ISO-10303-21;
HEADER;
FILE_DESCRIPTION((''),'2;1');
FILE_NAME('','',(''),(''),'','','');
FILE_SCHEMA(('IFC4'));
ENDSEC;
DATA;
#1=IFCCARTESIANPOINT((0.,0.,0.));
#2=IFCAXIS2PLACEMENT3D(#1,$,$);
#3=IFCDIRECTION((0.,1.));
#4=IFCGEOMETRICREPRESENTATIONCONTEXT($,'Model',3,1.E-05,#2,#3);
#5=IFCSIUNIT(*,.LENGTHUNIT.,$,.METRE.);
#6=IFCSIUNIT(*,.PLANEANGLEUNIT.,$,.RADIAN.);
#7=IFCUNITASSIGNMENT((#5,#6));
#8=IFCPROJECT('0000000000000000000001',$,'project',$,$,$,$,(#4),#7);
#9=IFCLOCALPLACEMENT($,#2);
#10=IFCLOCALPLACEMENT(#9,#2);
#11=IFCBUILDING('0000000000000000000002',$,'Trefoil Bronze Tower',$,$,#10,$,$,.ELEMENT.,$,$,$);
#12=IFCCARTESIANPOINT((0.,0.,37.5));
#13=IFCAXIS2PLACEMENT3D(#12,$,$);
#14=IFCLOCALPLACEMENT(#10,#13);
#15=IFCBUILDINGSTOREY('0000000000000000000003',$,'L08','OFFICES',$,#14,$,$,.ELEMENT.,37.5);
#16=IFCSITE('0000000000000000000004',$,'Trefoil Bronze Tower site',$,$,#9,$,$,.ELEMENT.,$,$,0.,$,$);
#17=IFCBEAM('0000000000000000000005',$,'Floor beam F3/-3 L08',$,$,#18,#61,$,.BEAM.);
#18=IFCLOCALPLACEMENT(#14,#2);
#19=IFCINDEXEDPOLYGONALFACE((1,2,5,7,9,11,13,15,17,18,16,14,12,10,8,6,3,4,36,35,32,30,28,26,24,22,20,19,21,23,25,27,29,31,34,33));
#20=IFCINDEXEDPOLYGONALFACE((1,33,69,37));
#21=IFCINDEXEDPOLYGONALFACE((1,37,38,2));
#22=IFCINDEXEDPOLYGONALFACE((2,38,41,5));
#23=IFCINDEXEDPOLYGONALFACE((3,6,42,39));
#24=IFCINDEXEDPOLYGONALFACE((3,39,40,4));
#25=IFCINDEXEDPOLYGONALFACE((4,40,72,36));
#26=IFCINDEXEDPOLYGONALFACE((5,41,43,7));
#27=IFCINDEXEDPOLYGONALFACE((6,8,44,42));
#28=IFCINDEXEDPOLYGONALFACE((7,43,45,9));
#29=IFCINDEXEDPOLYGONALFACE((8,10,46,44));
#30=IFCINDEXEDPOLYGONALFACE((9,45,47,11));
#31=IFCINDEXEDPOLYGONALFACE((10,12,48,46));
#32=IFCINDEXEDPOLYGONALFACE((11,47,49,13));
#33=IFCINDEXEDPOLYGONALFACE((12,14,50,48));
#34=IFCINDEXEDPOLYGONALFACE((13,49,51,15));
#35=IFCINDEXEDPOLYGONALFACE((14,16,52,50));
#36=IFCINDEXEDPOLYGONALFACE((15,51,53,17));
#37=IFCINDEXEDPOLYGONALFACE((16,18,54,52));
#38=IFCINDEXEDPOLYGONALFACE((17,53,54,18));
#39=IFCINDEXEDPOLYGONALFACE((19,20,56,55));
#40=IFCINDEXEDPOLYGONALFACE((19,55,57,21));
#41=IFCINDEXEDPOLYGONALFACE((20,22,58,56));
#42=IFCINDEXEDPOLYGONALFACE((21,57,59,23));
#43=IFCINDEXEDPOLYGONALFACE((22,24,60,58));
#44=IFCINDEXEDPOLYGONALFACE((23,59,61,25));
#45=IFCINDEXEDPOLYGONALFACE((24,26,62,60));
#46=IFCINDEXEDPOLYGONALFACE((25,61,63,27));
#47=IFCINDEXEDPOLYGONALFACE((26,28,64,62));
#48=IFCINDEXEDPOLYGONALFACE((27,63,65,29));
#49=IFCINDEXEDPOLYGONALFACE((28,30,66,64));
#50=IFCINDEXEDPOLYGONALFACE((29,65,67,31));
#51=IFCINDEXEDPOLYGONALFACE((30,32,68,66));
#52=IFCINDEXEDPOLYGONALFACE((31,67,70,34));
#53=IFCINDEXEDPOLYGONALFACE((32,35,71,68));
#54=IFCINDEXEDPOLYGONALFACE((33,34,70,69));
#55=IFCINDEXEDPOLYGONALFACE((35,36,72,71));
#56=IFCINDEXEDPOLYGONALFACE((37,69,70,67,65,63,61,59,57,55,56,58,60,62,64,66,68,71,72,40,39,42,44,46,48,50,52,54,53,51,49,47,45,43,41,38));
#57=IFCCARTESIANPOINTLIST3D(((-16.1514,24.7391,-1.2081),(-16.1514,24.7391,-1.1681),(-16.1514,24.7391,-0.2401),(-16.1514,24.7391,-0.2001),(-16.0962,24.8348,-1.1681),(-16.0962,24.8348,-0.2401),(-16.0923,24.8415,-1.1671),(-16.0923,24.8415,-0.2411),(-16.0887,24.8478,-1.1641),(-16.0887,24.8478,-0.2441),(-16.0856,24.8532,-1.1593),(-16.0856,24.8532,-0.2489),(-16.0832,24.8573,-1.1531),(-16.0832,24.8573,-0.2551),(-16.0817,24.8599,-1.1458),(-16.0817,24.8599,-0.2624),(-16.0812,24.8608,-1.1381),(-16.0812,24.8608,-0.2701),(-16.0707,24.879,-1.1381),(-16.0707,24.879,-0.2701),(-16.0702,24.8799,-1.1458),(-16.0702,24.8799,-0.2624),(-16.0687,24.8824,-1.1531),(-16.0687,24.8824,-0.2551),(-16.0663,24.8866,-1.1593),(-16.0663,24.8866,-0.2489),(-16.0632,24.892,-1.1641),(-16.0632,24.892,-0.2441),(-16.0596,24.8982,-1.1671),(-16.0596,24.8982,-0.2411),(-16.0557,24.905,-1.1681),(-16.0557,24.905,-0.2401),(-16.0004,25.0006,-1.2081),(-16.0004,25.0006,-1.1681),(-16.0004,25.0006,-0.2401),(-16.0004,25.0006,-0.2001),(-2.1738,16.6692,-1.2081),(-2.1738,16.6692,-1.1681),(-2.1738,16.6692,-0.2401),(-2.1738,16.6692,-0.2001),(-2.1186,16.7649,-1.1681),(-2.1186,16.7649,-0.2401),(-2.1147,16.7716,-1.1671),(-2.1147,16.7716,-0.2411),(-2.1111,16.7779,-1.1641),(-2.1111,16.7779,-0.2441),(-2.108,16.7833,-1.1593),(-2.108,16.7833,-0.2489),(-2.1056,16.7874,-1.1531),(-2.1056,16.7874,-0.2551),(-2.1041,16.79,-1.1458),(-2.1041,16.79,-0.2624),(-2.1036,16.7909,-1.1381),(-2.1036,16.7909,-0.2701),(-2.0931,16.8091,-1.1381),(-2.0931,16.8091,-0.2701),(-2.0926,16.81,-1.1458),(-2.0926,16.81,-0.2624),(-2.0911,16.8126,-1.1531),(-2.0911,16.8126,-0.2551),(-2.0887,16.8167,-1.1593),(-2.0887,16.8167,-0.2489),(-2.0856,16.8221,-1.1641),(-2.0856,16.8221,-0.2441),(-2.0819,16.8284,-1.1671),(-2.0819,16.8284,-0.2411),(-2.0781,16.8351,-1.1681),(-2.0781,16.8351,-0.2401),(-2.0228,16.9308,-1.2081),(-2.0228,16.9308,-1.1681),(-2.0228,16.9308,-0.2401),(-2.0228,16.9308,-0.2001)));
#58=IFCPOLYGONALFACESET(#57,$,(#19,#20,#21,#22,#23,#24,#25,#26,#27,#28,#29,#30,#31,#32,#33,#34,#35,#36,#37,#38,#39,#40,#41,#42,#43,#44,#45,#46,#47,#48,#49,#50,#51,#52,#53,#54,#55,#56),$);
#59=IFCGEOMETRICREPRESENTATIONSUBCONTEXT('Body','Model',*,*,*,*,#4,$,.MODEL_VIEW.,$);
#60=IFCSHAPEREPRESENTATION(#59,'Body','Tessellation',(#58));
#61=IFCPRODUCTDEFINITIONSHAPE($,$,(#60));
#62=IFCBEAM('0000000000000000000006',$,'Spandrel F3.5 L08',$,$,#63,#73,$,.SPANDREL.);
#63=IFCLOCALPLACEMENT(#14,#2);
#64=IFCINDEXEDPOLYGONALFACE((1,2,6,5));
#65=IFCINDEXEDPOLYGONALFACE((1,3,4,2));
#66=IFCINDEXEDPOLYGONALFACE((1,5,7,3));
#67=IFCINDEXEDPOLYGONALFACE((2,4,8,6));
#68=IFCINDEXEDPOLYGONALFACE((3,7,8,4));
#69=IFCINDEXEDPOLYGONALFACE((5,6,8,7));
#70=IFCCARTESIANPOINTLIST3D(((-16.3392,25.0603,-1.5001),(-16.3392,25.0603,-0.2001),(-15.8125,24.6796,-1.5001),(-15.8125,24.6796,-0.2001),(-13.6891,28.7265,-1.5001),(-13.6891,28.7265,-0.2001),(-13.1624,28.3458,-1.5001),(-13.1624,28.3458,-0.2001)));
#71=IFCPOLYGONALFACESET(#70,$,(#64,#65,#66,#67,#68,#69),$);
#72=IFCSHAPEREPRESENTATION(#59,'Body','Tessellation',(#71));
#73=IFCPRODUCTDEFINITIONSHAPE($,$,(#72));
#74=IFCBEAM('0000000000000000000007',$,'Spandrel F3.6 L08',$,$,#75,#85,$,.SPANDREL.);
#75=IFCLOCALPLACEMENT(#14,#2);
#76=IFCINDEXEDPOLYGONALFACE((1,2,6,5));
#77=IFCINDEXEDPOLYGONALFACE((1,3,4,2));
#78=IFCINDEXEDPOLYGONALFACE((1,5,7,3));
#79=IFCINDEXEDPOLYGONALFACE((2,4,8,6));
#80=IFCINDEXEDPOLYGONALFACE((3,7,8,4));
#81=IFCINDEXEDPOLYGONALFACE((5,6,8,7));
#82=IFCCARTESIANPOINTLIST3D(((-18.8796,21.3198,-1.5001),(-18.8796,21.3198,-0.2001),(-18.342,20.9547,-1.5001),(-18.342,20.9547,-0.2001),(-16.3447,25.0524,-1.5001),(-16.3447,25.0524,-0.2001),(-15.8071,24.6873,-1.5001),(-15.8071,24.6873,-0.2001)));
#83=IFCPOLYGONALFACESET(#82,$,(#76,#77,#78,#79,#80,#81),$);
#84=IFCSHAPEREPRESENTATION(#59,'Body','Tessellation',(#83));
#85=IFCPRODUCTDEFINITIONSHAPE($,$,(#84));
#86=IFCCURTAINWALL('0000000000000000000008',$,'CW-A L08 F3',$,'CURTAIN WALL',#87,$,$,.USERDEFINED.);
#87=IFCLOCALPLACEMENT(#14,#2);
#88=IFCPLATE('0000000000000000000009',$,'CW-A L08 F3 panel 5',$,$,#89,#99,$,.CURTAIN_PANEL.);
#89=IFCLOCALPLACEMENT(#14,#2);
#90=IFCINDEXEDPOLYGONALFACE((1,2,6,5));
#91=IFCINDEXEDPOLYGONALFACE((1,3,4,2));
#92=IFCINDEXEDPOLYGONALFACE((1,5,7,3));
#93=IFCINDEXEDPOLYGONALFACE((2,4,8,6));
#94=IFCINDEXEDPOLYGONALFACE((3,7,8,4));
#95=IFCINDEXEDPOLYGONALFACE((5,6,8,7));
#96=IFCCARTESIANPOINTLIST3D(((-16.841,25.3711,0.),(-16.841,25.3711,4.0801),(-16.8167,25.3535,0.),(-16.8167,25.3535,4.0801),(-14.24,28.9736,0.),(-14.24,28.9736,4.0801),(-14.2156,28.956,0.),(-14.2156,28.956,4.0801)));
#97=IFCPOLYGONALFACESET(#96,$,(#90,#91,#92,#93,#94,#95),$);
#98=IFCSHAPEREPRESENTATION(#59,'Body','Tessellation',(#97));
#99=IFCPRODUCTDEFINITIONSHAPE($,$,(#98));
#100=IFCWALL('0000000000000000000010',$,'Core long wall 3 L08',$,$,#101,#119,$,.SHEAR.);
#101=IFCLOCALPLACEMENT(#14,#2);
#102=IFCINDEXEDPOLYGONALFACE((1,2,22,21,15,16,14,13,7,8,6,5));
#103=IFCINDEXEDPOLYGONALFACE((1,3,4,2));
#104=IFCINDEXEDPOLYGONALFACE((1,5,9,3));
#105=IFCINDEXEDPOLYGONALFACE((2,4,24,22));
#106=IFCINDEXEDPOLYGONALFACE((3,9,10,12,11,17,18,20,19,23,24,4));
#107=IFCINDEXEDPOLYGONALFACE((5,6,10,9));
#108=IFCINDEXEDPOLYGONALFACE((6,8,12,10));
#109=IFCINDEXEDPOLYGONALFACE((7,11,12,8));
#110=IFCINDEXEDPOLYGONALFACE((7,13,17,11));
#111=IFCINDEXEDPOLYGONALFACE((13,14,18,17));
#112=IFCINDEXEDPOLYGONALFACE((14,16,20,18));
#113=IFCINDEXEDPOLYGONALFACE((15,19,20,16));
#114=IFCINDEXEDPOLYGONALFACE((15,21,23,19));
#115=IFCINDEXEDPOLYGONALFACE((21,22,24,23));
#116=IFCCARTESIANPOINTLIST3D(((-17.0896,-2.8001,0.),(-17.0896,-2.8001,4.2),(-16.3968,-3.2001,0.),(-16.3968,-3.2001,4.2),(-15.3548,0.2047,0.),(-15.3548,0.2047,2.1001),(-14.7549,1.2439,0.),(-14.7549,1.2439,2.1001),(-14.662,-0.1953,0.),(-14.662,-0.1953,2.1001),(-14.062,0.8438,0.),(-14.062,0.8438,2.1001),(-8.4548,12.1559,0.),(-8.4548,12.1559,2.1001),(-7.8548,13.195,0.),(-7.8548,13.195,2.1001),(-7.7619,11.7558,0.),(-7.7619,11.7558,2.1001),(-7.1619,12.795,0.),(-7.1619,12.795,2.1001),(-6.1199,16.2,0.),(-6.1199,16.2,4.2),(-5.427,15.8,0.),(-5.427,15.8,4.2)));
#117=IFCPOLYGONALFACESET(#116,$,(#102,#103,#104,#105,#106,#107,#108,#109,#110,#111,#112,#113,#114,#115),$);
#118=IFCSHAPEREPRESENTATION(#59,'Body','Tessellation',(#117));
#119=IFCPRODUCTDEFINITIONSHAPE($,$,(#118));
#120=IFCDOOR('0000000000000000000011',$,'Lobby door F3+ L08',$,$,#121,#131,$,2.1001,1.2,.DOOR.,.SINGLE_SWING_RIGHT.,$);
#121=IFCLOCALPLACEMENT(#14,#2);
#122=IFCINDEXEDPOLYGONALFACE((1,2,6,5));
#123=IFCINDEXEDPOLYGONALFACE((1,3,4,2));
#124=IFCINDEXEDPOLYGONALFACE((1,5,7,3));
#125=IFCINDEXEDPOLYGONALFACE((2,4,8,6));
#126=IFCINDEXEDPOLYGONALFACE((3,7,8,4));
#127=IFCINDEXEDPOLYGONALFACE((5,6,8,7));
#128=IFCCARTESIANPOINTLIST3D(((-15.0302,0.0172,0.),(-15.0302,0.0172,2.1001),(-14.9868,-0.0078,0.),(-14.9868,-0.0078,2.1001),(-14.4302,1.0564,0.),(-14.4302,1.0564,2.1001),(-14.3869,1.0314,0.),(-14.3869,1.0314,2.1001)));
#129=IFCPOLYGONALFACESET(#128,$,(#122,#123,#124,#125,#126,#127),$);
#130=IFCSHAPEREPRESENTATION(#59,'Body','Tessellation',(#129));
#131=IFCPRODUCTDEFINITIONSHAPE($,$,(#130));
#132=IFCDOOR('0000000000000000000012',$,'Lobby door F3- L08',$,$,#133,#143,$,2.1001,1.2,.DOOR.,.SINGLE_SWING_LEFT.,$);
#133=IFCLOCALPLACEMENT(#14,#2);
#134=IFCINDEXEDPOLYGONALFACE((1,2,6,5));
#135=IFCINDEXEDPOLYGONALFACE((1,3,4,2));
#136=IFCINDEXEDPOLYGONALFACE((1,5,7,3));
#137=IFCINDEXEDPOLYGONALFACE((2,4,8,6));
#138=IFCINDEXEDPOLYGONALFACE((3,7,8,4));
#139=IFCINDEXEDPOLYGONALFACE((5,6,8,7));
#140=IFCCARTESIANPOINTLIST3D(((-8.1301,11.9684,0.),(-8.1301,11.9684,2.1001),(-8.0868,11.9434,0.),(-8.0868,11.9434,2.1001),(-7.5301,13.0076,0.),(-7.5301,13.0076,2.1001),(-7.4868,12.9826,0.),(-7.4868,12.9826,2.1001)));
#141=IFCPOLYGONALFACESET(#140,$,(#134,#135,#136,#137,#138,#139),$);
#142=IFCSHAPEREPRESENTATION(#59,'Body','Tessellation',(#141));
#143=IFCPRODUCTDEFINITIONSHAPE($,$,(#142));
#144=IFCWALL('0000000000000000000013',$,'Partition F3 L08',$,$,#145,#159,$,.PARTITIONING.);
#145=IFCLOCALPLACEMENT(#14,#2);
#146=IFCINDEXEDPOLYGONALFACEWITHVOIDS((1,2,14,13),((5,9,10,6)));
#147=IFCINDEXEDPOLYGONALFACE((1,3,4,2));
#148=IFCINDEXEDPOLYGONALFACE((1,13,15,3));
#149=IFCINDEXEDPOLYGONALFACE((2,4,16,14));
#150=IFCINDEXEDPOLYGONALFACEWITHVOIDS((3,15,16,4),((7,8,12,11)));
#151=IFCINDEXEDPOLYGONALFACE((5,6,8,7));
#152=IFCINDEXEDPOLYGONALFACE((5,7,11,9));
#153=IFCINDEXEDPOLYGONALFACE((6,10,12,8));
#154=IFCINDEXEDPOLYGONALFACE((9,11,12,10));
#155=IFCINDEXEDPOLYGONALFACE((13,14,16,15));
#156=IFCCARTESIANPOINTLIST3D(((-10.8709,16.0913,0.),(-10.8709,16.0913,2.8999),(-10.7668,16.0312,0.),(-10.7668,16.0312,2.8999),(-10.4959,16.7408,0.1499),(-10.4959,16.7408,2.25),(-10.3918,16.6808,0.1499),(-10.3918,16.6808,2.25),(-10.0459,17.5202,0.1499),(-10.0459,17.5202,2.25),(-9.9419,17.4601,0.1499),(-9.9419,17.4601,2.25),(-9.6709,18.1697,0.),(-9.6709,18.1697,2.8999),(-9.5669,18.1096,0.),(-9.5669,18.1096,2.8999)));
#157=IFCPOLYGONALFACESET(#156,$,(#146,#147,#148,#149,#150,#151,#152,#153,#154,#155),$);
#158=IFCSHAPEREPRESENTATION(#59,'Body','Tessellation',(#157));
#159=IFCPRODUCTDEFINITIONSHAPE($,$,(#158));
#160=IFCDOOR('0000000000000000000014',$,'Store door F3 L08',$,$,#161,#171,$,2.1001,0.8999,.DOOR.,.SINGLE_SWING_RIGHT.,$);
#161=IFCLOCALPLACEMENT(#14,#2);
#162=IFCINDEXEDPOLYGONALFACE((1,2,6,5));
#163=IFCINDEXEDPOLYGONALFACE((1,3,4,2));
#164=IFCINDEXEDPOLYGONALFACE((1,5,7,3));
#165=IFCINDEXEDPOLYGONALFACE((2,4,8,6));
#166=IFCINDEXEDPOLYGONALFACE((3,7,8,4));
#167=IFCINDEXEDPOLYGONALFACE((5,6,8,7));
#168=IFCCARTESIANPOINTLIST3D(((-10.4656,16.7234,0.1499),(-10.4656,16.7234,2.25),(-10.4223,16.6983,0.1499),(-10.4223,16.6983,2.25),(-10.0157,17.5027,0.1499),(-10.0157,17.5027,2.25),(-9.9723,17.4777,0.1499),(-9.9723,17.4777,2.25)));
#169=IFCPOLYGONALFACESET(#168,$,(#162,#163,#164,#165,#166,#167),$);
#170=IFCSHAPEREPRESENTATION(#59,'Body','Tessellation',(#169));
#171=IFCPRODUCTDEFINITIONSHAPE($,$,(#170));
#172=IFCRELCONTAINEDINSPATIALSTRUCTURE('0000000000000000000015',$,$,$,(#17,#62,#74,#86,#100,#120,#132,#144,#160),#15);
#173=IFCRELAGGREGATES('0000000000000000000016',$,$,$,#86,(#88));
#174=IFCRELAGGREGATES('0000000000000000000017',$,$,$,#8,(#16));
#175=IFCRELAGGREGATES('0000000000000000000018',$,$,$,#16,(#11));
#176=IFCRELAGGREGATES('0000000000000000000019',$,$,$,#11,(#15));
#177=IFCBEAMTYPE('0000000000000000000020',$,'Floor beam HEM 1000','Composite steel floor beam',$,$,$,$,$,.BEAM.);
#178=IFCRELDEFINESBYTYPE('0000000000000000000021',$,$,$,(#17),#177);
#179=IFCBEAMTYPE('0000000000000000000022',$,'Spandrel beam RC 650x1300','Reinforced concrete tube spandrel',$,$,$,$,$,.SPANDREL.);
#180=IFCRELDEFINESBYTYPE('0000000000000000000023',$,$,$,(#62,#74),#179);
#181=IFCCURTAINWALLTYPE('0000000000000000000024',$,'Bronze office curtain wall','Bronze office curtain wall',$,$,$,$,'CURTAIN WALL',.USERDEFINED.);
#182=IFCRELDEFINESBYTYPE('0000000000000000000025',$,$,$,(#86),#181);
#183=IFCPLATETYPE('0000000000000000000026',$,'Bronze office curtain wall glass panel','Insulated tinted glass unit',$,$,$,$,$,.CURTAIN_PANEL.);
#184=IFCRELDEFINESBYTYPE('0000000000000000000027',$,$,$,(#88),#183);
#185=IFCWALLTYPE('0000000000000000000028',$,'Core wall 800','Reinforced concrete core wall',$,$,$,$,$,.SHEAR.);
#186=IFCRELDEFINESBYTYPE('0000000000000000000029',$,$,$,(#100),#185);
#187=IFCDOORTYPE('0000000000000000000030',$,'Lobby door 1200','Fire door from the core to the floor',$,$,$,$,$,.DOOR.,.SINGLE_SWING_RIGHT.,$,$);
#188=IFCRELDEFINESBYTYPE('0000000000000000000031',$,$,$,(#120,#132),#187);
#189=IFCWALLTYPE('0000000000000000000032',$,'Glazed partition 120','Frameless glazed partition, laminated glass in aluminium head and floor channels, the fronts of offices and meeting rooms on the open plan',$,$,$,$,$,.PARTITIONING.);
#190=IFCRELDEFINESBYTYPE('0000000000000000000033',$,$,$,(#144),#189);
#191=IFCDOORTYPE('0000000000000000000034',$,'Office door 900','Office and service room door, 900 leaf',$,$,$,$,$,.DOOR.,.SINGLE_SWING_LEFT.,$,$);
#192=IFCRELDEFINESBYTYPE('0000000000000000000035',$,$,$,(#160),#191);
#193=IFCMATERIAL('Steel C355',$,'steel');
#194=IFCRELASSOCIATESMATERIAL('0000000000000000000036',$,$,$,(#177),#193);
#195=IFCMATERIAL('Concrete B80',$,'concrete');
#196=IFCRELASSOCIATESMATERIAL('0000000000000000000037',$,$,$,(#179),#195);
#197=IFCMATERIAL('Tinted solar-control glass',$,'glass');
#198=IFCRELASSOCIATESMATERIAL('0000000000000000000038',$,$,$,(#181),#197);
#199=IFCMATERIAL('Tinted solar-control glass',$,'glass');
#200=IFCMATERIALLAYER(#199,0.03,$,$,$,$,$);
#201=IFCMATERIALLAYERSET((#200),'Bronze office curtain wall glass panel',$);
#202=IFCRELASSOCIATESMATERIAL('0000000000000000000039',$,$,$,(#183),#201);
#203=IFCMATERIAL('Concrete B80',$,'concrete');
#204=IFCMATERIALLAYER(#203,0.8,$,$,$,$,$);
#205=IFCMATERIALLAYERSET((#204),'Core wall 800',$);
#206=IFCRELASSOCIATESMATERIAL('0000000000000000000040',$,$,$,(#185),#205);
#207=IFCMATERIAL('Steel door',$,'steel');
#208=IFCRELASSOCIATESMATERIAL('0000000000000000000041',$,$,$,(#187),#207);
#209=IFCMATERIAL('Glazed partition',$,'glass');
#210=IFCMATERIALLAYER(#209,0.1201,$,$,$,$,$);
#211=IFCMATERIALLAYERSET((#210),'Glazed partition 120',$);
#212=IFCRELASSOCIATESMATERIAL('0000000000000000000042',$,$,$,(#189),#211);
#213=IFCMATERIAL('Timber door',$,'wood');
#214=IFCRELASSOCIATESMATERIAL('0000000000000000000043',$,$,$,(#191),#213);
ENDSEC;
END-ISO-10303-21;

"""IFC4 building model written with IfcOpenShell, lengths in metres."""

from ifc_helpers import new_model, si_unit, direction, frame, frame_2d, origin, origin_2d, place, context, subcontext, project, spatial, rectangle, i_section, extrude, material, layer, layer_set, material_profile, profile_set, type_object, element, fill, aggregate, save


model = new_model("IFC4")

# Units and contexts
model_context = context("Model", 3, precision=1e-05, world=origin(), true_north=direction((0.0, 1.0)))
body_context = subcontext(model_context, "Body", "Model", "MODEL_VIEW")
ifc_project = project(units=[si_unit("LENGTHUNIT", "METRE"), si_unit("PLANEANGLEUNIT", "RADIAN")], contexts=[model_context])

# Site, building, storey
site_placement = place(None, origin())
site = spatial("IfcSite", under=ifc_project, at=site_placement, Name="Trefoil Bronze Tower site", CompositionType="ELEMENT", RefElevation=0.0)
building_placement = place(site_placement, origin())
building = spatial("IfcBuilding", under=site, at=building_placement, Name="Trefoil Bronze Tower", CompositionType="ELEMENT")
storey_placement = place(building_placement, frame((0.0, 0.0, 37.5)))
storey = spatial("IfcBuildingStorey", under=building, at=storey_placement, Name="L08", Description="OFFICES", CompositionType="ELEMENT", Elevation=37.5)

# Beams
ifc_material_1 = material(Name="Steel C355", Category="steel")
ifc_material_profile_1 = material_profile(ifc_material_1, i_section(OverallWidth=0.302, OverallDepth=1.0081, WebThickness=0.021, FlangeThickness=0.04, FilletRadius=0.03, at=origin_2d()), Name="HEM 1000")
ifc_profile_set_1 = profile_set([ifc_material_profile_1], Name="Steel C355")
beam_type_1 = type_object("IfcBeamType", Name="Floor beam HEM 1000", Description="Composite steel floor beam", PredefinedType="BEAM", material=ifc_profile_set_1)
beam_1_placement = place(storey_placement, frame((-16.0759, 24.8699, -0.7041), z_axis=(0.866028, -0.499995, 0.0), x_axis=(0.499995, 0.866028, 0.0)))
element("IfcBeam", 1, at=beam_1_placement, inside=storey, type_object=beam_type_1, Name="Floor beam F3/-3 L08", PredefinedType="BEAM", context=body_context, shape_type="SweptSolid", body=[
    extrude(i_section(OverallWidth=0.302, OverallDepth=1.0081, WebThickness=0.021, FlangeThickness=0.04, FilletRadius=0.03, at=origin_2d()), origin(), (0.0, 0.0, 1.0), 16.1399),
])
ifc_material_2 = material(Name="Concrete B80", Category="concrete")
ifc_material_profile_2 = material_profile(ifc_material_2, rectangle(XDim=0.6499, YDim=1.3, at=origin_2d()), Name="RC 650x1300")
ifc_profile_set_2 = profile_set([ifc_material_profile_2], Name="Concrete B80")
beam_type_2 = type_object("IfcBeamType", Name="Spandrel beam RC 650x1300", Description="Reinforced concrete tube spandrel", PredefinedType="SPANDREL", material=ifc_profile_set_2)
beam_2_placement = place(storey_placement, frame((-13.4258, 28.5361, -0.8501), z_axis=(-0.585824, -0.810439, 0.0), x_axis=(0.810439, -0.585824, 0.0)))
element("IfcBeam", 2, at=beam_2_placement, inside=storey, type_object=beam_type_2, Name="Spandrel F3.5 L08", PredefinedType="SPANDREL", context=body_context, shape_type="SweptSolid", body=[
    extrude(rectangle(XDim=0.6499, YDim=1.3, at=origin_2d()), origin(), (0.0, 0.0, 1.0), 4.5237),
])
beam_3_placement = place(storey_placement, frame((-16.0759, 24.8699, -0.8501), z_axis=(-0.56181, -0.827267, 0.0), x_axis=(0.827267, -0.56181, 0.0)))
element("IfcBeam", 3, at=beam_3_placement, inside=storey, type_object=beam_type_2, Name="Spandrel F3.6 L08", PredefinedType="SPANDREL", context=body_context, shape_type="SweptSolid", body=[
    extrude(rectangle(XDim=0.6499, YDim=1.3, at=origin_2d()), origin(), (0.0, 0.0, 1.0), 4.512),
])

# Curtain wall, plate
ifc_material_3 = material(Name="Tinted solar-control glass", Category="glass")
curtain_wall_type = type_object("IfcCurtainWallType", Name="Bronze office curtain wall", Description="Bronze office curtain wall", ElementType="CURTAIN WALL", PredefinedType="USERDEFINED", material=ifc_material_3)
curtain_wall_placement = place(storey_placement, origin())
curtain_wall = element("IfcCurtainWall", 4, at=curtain_wall_placement, inside=storey, type_object=curtain_wall_type, Name="CW-A L08 F3", ObjectType="CURTAIN WALL", PredefinedType="USERDEFINED")
ifc_material_4 = material(Name="Tinted solar-control glass", Category="glass")
ifc_layer_1 = layer(ifc_material_4, 0.03)
ifc_layer_set_1 = layer_set([ifc_layer_1], Name="Bronze office curtain wall glass panel")
plate_type = type_object("IfcPlateType", Name="Bronze office curtain wall glass panel", Description="Insulated tinted glass unit", PredefinedType="CURTAIN_PANEL", material=ifc_layer_set_1)
plate_placement = place(storey_placement, frame((-15.5283, 27.1636, 0.0), z_axis=(0.0, 0.0, 1.0), x_axis=(-0.585373, -0.810764, 0.0)))
plate = element("IfcPlate", 5, at=plate_placement, type_object=plate_type, Name="CW-A L08 F3 panel 5", PredefinedType="CURTAIN_PANEL", context=body_context, shape_type="SweptSolid", body=[
    extrude(rectangle(XDim=4.4434, YDim=0.03, at=origin_2d()), origin(), (0.0, 0.0, 1.0), 4.0801),
])
aggregate(curtain_wall, [plate])

# Wall, openings, doors
ifc_material_5 = material(Name="Concrete B80", Category="concrete")
ifc_layer_2 = layer(ifc_material_5, 0.8)
ifc_layer_set_2 = layer_set([ifc_layer_2], Name="Core wall 800")
wall_type_1 = type_object("IfcWallType", Name="Core wall 800", Description="Reinforced concrete core wall", PredefinedType="SHEAR", material=ifc_layer_set_2)
wall_1_placement = place(storey_placement, frame((-5.7734, 16.0, 0.0), z_axis=(0.0, 0.0, 1.0), x_axis=(-0.500002, -0.866024, 0.0)))
wall_1 = element("IfcWall", 6, at=wall_1_placement, inside=storey, type_object=wall_type_1, Name="Core long wall 3 L08", PredefinedType="SHEAR", context=body_context, shape_type="SweptSolid", body=[
    extrude(rectangle(XDim=21.9395, YDim=0.8, at=frame_2d((10.9697, 0.0))), origin(), (0.0, 0.0, 1.0), 4.2),
])
opening_1_placement = place(wall_1_placement, frame((17.2698, 0.0, 0.0)))
opening_1 = element("IfcOpeningElement", 7, at=opening_1_placement, cuts=wall_1, PredefinedType="OPENING", context=body_context, shape_type="SweptSolid", body=[
    extrude(rectangle(XDim=1.2, YDim=2.1001, at=frame_2d((0.6001, 1.05))), frame((0.0, 0.4099, 0.0), z_axis=(0.0, -1.0, 0.0), x_axis=(1.0, 0.0, 0.0)), (0.0, 0.0, 1.0), 0.8201),
])
opening_2_placement = place(wall_1_placement, frame((3.4697, 0.0, 0.0)))
opening_2 = element("IfcOpeningElement", 8, at=opening_2_placement, cuts=wall_1, PredefinedType="OPENING", context=body_context, shape_type="SweptSolid", body=[
    extrude(rectangle(XDim=1.2, YDim=2.1001, at=frame_2d((0.6001, 1.05))), frame((0.0, 0.4099, 0.0), z_axis=(0.0, -1.0, 0.0), x_axis=(1.0, 0.0, 0.0)), (0.0, 0.0, 1.0), 0.8201),
])
ifc_material_6 = material(Name="Steel door", Category="steel")
door_type_1 = type_object("IfcDoorType", Name="Lobby door 1200", Description="Fire door from the core to the floor", OperationType="SINGLE_SWING_RIGHT", PredefinedType="DOOR", material=ifc_material_6)
door_1_placement = place(opening_1_placement, origin())
door_1 = element("IfcDoor", 9, at=door_1_placement, inside=storey, type_object=door_type_1, Name="Lobby door F3+ L08", OperationType="SINGLE_SWING_RIGHT", OverallHeight=2.1001, OverallWidth=1.2, PredefinedType="DOOR", context=body_context, shape_type="SweptSolid", body=[
    extrude(rectangle(XDim=1.2, YDim=2.1001, at=frame_2d((0.6001, 1.05))), frame((0.0, 0.0249, 0.0), z_axis=(0.0, -1.0, 0.0), x_axis=(1.0, 0.0, 0.0)), (0.0, 0.0, 1.0), 0.05),
])
fill(opening_1, door_1)
door_2_placement = place(opening_2_placement, origin())
door_2 = element("IfcDoor", 10, at=door_2_placement, inside=storey, type_object=door_type_1, Name="Lobby door F3- L08", OperationType="SINGLE_SWING_LEFT", OverallHeight=2.1001, OverallWidth=1.2, PredefinedType="DOOR", context=body_context, shape_type="SweptSolid", body=[
    extrude(rectangle(XDim=1.2, YDim=2.1001, at=frame_2d((0.6001, 1.05))), frame((0.0, 0.0249, 0.0), z_axis=(0.0, -1.0, 0.0), x_axis=(1.0, 0.0, 0.0)), (0.0, 0.0, 1.0), 0.05),
])
fill(opening_2, door_2)

# Wall, opening, door
ifc_material_7 = material(Name="Glazed partition", Category="glass")
ifc_layer_3 = layer(ifc_material_7, 0.1201)
ifc_layer_set_3 = layer_set([ifc_layer_3], Name="Glazed partition 120")
wall_type_2 = type_object("IfcWallType", Name="Glazed partition 120", Description="Frameless glazed partition, laminated glass in aluminium head and floor channels, the fronts of offices and meeting rooms on the open plan", PredefinedType="PARTITIONING", material=ifc_layer_set_3)
wall_2_placement = place(storey_placement, frame((-9.6189, 18.1396, 0.0), z_axis=(0.0, 0.0, 1.0), x_axis=(-0.500001, -0.866025, 0.0)))
wall_2 = element("IfcWall", 11, at=wall_2_placement, inside=storey, type_object=wall_type_2, Name="Partition F3 L08", PredefinedType="PARTITIONING", context=body_context, shape_type="SweptSolid", body=[
    extrude(rectangle(XDim=2.3999, YDim=0.1201, at=frame_2d((1.2, 0.0))), origin(), (0.0, 0.0, 1.0), 2.8999),
])
opening_3_placement = place(wall_2_placement, frame((0.75, 0.0, 0.1499)))
opening_3 = element("IfcOpeningElement", 12, at=opening_3_placement, cuts=wall_2, PredefinedType="OPENING", context=body_context, shape_type="SweptSolid", body=[
    extrude(rectangle(XDim=0.8999, YDim=2.1001, at=frame_2d((0.45, 1.05))), frame((0.0, 0.0701, 0.0), z_axis=(0.0, -1.0, 0.0), x_axis=(1.0, 0.0, 0.0)), (0.0, 0.0, 1.0), 0.1401),
])
ifc_material_8 = material(Name="Timber door", Category="wood")
door_type_2 = type_object("IfcDoorType", Name="Office door 900", Description="Office and service room door, 900 leaf", OperationType="SINGLE_SWING_LEFT", PredefinedType="DOOR", material=ifc_material_8)
door_3_placement = place(opening_3_placement, origin())
door_3 = element("IfcDoor", 13, at=door_3_placement, inside=storey, type_object=door_type_2, Name="Store door F3 L08", OperationType="SINGLE_SWING_RIGHT", OverallHeight=2.1001, OverallWidth=0.8999, PredefinedType="DOOR", context=body_context, shape_type="SweptSolid", body=[
    extrude(rectangle(XDim=0.8999, YDim=2.1001, at=frame_2d((0.45, 1.05))), frame((0.0, 0.0249, 0.0), z_axis=(0.0, -1.0, 0.0), x_axis=(1.0, 0.0, 0.0)), (0.0, 0.0, 1.0), 0.05),
])
fill(opening_3, door_3)

save(model, "model.ifc")
